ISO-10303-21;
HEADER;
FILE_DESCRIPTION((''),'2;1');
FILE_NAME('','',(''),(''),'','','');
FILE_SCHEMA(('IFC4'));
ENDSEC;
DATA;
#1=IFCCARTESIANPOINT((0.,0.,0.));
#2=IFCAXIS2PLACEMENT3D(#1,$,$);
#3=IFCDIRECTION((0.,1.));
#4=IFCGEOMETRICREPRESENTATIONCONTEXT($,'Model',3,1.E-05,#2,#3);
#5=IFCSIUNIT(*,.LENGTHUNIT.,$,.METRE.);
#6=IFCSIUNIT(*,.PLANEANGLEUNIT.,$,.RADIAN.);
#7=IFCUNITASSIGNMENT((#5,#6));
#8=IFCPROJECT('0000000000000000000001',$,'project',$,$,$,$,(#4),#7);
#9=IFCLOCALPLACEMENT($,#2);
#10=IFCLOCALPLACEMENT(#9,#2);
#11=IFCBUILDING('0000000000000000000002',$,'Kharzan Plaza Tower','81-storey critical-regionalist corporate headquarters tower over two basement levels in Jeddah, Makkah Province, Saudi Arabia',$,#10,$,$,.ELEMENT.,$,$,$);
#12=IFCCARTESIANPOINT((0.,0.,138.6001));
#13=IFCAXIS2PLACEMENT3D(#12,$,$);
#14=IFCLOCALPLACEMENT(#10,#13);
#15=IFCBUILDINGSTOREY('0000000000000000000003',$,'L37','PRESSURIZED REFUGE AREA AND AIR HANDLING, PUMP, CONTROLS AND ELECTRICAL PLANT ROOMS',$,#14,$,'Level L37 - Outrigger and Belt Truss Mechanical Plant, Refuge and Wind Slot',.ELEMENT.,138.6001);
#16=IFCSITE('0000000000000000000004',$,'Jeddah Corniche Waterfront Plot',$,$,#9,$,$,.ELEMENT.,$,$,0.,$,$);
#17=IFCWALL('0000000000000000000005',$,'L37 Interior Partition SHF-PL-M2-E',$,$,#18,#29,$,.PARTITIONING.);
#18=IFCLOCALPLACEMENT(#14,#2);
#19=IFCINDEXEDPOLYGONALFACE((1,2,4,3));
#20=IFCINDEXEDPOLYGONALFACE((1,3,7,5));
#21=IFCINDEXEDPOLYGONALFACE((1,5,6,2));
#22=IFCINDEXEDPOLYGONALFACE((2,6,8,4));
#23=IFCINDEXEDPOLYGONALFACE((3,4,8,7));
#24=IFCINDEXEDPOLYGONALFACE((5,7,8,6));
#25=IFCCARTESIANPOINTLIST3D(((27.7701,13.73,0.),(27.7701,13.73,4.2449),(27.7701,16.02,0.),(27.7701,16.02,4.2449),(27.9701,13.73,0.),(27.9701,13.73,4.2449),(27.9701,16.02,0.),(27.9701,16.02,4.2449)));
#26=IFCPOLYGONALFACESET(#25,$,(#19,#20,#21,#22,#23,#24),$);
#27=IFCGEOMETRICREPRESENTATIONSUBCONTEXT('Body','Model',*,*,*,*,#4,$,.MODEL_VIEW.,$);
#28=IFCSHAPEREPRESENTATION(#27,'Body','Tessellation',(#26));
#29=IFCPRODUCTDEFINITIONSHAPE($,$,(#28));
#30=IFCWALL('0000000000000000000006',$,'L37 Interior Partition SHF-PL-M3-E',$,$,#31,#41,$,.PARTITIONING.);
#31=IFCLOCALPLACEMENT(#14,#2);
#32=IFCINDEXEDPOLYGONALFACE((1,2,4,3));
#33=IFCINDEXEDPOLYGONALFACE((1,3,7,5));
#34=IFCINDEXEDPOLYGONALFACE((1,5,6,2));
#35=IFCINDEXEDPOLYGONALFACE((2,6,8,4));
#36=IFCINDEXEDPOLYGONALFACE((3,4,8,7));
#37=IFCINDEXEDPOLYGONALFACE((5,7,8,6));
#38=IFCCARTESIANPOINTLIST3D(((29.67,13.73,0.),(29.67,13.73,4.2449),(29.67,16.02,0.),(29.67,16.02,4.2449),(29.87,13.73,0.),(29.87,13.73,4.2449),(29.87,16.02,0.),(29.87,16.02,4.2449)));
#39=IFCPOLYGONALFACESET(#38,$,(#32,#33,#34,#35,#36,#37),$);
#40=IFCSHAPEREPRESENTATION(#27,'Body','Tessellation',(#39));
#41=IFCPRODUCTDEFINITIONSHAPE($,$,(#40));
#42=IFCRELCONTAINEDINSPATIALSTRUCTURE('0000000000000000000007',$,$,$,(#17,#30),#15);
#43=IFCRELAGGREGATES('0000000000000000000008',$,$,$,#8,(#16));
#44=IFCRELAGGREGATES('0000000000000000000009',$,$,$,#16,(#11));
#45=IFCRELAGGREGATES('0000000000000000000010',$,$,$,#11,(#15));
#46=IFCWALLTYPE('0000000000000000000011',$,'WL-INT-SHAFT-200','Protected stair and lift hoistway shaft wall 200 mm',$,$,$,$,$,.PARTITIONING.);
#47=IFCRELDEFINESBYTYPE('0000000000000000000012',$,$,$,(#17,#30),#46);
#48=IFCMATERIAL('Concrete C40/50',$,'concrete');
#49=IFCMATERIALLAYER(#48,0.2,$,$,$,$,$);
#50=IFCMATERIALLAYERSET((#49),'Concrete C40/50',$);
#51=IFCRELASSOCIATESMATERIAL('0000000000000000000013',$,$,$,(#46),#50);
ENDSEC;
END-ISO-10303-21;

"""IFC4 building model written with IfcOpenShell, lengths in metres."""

from ifc_helpers import new_model, si_unit, direction, frame, frame_2d, origin, place, context, subcontext, project, spatial, rectangle, extrude, source, transform, mapped, material, layer, layer_set, type_object, element, save


model = new_model("IFC4")

# Units and contexts
model_context = context("Model", 3, precision=1e-05, world=origin(), true_north=direction((0.0, 1.0)))
body_context = subcontext(model_context, "Body", "Model", "MODEL_VIEW")
ifc_project = project(units=[si_unit("LENGTHUNIT", "METRE"), si_unit("PLANEANGLEUNIT", "RADIAN")], contexts=[model_context])

# Site, building, storey
site_placement = place(None, origin())
site = spatial("IfcSite", under=ifc_project, at=site_placement, Name="Jeddah Corniche Waterfront Plot", CompositionType="ELEMENT", RefElevation=0.0)
building_placement = place(site_placement, origin())
building = spatial("IfcBuilding", under=site, at=building_placement, Name="Kharzan Plaza Tower", Description="81-storey critical-regionalist corporate headquarters tower over two basement levels in Jeddah, Makkah Province, Saudi Arabia", CompositionType="ELEMENT")
storey_placement = place(building_placement, frame((0.0, 0.0, 138.6001)))
storey = spatial("IfcBuildingStorey", under=building, at=storey_placement, Name="L37", Description="PRESSURIZED REFUGE AREA AND AIR HANDLING, PUMP, CONTROLS AND ELECTRICAL PLANT ROOMS", LongName="Level L37 - Outrigger and Belt Truss Mechanical Plant, Refuge and Wind Slot", CompositionType="ELEMENT", Elevation=138.6001)

# Shared definitions
ifc_material_1 = material(Name="Concrete C40/50", Category="concrete")
ifc_layer_1 = layer(ifc_material_1, 0.2)
ifc_layer_set_1 = layer_set([ifc_layer_1], Name="Concrete C40/50")
wall_type_1 = type_object("IfcWallType", Name="WL-INT-SHAFT-200", Description="Protected stair and lift hoistway shaft wall 200 mm", PredefinedType="PARTITIONING", material=ifc_layer_set_1)

# Walls
shared_shape_1 = source(origin(), body_context, "Body", "SweptSolid", [
    extrude(rectangle(XDim=2.29, YDim=0.2, at=frame_2d((1.145, 0.0))), origin(), (0.0, 0.0, 1.0), 4.2449),
])
for number, where, z_axis, x_axis, name in (
    (1, (27.8701, 13.73, 0.0), (0.0, 0.0, 1.0), (0.0, 1.0, 0.0), "L37 Interior Partition SHF-PL-M2-E"),
    (2, (29.77, 13.73, 0.0), (0.0, 0.0, 1.0), (0.0, 1.0, 0.0), "L37 Interior Partition SHF-PL-M3-E"),
):
    element("IfcWall", number, at=place(storey_placement, frame(where, z_axis=z_axis, x_axis=x_axis)), inside=storey, type_object=wall_type_1, Name=name, PredefinedType="PARTITIONING", context=body_context, shape_type="MappedRepresentation", body=[
        mapped(shared_shape_1, transform((0.0, 0.0, 0.0), x_axis=(1.0, 0.0, 0.0), y_axis=(0.0, 1.0, 0.0), z_axis=(0.0, 0.0, 1.0))),
    ])

save(model, "model.ifc")
